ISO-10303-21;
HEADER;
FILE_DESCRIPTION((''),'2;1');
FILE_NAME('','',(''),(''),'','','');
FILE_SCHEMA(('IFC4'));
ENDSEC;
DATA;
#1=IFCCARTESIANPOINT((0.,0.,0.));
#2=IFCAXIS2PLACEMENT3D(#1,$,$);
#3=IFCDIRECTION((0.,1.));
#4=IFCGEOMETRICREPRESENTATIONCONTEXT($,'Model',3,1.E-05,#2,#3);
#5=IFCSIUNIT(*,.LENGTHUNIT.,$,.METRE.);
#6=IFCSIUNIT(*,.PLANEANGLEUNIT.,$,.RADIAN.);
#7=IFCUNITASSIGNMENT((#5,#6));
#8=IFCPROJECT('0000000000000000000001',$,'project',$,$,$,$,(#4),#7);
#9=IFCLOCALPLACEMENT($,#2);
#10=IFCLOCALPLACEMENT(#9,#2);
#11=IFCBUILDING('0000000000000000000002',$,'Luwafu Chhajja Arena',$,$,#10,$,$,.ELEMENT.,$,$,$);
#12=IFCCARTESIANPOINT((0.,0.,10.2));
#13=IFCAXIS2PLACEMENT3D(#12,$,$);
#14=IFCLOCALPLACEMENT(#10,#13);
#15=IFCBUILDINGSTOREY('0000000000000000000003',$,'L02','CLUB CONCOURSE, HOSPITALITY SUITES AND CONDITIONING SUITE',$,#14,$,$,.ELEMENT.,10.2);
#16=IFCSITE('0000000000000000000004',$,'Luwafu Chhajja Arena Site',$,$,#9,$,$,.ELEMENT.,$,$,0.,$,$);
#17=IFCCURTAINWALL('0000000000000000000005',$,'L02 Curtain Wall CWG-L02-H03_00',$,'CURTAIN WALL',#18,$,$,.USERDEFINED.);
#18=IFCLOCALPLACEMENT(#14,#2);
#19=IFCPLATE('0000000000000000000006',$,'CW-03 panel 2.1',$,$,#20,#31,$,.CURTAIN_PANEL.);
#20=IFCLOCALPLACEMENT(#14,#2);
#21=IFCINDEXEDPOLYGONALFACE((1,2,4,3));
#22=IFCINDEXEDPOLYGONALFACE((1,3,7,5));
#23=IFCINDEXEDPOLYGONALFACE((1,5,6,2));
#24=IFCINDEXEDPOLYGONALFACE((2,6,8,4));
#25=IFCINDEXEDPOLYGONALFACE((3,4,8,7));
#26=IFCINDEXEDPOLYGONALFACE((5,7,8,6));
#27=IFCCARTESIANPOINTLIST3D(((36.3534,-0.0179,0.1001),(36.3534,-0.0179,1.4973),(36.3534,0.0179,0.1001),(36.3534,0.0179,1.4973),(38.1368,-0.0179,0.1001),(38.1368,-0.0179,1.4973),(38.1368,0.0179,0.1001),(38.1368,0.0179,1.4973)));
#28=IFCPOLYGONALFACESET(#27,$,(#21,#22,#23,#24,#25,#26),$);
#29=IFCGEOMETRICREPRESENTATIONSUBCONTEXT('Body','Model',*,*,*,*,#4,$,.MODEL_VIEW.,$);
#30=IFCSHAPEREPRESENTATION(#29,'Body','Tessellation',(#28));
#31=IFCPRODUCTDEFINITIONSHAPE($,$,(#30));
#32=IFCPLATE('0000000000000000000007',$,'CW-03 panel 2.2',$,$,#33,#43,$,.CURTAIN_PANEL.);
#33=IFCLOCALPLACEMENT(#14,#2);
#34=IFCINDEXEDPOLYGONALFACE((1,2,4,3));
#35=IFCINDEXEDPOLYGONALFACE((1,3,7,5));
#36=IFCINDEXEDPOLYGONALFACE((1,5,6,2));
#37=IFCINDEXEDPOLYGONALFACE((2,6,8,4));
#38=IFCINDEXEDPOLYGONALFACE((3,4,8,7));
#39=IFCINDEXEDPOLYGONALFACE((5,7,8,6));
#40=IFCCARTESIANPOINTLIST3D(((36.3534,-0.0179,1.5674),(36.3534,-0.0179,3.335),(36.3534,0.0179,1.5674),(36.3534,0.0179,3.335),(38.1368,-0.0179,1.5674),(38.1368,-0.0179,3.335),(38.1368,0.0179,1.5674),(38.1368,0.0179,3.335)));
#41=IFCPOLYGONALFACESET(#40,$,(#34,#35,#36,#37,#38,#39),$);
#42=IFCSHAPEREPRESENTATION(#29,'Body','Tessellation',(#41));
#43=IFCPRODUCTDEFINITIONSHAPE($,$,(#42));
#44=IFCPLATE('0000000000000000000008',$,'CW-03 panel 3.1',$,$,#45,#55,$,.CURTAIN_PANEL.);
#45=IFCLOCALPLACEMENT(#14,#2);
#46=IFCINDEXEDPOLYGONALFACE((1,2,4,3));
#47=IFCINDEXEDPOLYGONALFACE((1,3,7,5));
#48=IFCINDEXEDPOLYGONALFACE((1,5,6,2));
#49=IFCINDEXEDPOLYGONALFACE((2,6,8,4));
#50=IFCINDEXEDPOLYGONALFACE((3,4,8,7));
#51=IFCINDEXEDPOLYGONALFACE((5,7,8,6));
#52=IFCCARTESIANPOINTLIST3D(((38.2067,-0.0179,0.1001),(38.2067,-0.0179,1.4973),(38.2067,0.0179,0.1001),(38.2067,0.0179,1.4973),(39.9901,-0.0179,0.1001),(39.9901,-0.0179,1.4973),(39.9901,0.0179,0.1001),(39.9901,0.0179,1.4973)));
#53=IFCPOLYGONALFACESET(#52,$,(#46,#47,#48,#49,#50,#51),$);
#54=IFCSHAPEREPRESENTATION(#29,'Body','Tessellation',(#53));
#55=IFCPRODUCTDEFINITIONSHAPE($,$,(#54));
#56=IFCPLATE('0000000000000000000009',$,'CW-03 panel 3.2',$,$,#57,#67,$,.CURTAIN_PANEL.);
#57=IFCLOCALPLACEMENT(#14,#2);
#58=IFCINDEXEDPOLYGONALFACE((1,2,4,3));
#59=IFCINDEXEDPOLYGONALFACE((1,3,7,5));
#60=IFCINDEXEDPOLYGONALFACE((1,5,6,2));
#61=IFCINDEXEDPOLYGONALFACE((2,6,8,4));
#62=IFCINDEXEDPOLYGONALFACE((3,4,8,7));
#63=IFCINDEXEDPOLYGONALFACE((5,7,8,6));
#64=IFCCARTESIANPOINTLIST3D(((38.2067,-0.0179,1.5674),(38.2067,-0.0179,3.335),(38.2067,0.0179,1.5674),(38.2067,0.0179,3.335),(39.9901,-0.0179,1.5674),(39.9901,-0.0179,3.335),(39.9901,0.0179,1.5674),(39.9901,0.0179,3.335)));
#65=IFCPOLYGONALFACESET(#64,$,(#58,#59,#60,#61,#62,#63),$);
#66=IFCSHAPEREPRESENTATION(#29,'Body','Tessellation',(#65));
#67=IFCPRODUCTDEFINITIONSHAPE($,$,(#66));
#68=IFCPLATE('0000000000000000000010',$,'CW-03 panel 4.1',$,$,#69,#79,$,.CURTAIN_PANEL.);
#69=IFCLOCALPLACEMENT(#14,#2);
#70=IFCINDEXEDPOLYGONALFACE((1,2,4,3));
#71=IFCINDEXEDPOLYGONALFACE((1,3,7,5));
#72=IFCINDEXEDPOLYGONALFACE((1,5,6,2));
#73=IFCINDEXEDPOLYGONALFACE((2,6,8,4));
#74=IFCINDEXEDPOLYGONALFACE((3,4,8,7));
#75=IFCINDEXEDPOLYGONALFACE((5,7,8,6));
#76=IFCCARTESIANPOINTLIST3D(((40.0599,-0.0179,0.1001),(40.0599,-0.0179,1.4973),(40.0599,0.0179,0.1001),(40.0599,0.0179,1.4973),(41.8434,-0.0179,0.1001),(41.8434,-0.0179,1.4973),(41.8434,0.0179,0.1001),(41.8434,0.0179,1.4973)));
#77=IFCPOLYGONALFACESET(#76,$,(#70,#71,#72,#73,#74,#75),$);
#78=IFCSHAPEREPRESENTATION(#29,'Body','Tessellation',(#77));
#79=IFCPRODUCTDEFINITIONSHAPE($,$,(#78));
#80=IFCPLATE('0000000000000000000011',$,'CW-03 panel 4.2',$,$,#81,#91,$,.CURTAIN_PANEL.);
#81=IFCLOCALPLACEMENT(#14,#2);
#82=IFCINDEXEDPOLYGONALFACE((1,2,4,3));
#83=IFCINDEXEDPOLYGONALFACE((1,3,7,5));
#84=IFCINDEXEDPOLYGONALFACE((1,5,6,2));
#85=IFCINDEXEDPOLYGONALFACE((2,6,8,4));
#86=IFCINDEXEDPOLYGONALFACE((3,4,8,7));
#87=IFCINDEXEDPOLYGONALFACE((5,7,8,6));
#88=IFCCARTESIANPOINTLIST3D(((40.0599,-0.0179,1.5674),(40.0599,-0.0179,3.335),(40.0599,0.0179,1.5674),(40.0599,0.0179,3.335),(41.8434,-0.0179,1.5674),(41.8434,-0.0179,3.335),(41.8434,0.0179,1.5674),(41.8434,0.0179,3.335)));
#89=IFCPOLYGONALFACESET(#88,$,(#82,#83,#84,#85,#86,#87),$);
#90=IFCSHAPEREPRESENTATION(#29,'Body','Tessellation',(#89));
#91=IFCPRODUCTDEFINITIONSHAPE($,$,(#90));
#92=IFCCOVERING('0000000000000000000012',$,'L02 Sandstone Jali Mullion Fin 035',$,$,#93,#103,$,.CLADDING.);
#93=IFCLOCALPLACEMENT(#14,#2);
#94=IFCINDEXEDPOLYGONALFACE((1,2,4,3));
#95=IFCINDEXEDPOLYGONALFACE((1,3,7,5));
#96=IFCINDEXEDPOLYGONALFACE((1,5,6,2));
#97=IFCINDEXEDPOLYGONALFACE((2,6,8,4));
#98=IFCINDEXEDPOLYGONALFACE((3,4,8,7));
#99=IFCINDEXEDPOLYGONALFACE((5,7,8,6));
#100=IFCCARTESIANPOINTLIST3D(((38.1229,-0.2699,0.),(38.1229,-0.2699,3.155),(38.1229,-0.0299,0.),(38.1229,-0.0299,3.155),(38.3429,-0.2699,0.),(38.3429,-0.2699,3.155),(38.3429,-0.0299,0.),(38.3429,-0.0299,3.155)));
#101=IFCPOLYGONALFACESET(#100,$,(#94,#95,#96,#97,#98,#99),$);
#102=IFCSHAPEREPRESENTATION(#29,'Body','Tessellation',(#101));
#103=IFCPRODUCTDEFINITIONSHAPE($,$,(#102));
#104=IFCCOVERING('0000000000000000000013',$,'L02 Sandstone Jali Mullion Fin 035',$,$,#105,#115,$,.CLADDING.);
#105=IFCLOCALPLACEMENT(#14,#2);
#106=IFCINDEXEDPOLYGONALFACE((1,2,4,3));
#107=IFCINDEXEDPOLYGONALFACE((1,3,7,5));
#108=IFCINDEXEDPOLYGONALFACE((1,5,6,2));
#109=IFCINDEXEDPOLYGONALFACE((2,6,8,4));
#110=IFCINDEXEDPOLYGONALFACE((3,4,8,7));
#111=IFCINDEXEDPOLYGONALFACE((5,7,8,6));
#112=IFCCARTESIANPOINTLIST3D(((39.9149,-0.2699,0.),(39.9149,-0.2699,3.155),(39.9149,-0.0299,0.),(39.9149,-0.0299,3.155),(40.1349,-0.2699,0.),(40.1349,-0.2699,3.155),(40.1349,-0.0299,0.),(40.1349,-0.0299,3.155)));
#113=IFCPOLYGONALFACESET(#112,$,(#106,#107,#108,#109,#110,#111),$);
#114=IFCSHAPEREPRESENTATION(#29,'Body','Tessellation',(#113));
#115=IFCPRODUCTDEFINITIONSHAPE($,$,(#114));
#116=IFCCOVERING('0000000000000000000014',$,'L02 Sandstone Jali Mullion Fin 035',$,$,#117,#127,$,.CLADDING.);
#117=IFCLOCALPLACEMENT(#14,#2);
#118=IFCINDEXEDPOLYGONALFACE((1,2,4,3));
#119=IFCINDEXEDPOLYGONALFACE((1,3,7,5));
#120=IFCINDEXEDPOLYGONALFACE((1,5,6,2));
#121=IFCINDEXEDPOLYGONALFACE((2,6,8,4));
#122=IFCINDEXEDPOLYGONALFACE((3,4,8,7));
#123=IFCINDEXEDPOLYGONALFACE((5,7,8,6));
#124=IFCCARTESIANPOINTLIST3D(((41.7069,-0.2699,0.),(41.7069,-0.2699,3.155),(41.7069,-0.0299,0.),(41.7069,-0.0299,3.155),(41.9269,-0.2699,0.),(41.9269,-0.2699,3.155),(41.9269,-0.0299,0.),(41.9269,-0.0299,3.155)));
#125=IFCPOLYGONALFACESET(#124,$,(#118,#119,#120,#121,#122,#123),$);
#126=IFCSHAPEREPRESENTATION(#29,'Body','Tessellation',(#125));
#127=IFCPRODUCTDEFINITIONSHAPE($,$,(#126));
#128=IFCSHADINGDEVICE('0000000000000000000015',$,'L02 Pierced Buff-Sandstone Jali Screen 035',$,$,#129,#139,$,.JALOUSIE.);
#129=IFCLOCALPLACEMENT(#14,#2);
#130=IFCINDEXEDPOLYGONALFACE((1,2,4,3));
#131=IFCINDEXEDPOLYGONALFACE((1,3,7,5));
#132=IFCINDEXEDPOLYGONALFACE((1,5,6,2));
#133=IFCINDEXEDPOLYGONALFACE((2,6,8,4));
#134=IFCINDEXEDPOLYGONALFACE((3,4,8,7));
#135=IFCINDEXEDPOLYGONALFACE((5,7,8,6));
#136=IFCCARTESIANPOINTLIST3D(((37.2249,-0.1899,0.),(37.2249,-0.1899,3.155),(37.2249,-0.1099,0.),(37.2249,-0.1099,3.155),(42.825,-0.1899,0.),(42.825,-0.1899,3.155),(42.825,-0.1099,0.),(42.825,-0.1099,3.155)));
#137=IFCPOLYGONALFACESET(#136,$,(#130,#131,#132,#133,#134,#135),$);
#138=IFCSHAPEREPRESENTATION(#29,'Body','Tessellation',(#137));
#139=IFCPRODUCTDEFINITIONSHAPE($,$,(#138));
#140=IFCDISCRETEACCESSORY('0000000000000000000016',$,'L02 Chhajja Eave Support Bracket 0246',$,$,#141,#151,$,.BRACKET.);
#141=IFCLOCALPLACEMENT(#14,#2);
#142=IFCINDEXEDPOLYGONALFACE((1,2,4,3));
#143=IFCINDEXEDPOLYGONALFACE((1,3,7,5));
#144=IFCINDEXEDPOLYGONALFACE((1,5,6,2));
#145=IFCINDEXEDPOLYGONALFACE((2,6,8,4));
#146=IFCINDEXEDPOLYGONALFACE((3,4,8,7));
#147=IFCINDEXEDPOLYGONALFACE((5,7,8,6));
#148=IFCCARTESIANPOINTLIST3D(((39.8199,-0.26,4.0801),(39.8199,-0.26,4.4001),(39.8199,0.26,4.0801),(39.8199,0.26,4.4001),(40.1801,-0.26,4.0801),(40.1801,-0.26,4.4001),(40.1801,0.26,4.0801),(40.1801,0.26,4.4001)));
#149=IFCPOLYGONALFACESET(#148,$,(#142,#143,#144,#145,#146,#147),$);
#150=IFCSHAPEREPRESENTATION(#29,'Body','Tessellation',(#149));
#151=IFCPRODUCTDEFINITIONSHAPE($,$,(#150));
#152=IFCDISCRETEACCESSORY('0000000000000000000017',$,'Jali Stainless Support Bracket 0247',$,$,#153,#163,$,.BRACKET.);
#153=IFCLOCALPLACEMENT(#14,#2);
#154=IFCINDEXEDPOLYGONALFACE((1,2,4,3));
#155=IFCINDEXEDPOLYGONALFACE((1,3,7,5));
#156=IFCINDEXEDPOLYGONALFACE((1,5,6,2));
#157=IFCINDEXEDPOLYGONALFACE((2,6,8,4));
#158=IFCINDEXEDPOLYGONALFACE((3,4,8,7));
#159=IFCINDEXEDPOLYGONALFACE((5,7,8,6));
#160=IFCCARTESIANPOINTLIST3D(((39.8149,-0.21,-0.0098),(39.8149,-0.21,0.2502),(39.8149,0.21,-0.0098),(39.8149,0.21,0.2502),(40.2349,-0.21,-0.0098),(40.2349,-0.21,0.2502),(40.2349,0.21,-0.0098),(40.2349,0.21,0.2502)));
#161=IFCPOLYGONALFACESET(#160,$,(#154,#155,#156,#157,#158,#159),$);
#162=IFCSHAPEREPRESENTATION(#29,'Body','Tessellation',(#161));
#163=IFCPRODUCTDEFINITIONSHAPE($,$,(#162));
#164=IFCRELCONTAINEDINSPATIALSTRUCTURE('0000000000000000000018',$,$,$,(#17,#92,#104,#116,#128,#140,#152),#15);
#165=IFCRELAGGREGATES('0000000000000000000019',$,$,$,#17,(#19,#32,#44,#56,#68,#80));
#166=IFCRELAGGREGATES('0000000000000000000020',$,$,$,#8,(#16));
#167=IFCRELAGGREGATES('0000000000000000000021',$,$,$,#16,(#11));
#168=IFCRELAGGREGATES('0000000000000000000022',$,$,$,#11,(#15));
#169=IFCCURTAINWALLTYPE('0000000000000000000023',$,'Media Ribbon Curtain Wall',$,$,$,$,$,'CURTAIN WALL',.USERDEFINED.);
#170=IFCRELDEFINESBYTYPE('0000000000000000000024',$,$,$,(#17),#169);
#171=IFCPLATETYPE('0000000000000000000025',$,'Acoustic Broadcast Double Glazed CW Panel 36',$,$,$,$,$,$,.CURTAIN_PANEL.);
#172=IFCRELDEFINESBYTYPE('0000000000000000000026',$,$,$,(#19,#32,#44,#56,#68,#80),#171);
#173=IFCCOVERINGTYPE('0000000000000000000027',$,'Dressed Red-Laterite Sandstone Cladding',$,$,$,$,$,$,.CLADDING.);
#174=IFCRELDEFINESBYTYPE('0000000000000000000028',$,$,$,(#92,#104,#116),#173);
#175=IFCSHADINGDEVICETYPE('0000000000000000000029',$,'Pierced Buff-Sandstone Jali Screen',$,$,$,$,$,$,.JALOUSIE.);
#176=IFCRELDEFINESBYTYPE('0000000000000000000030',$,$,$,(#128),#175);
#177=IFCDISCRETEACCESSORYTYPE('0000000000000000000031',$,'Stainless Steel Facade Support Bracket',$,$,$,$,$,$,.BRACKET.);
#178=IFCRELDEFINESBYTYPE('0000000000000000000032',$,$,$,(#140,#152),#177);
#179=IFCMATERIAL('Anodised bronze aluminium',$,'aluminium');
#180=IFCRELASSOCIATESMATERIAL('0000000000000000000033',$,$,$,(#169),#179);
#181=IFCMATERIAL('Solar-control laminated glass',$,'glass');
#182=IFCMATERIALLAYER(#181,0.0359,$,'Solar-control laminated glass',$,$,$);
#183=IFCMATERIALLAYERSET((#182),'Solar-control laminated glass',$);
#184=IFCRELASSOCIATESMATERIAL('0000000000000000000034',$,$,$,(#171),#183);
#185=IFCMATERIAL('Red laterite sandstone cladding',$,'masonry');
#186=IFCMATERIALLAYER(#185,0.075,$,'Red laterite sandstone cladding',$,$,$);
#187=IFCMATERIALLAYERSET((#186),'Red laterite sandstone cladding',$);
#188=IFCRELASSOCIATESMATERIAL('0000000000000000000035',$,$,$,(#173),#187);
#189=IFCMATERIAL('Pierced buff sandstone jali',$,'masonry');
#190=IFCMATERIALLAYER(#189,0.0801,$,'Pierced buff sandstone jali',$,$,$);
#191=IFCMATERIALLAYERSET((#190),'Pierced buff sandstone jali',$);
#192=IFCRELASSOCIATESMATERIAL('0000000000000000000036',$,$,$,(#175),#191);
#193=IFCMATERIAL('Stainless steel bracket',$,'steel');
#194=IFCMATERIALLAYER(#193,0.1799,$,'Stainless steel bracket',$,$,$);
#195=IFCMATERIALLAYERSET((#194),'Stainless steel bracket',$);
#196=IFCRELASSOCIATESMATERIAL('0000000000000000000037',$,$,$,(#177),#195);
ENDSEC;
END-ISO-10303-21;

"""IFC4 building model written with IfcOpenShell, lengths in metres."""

from ifc_helpers import new_model, si_unit, direction, frame, origin, origin_2d, place, context, subcontext, project, spatial, rectangle, extrude, material, layer, layer_set, type_object, element, aggregate, save


model = new_model("IFC4")

# Units and contexts
model_context = context("Model", 3, precision=1e-05, world=origin(), true_north=direction((0.0, 1.0)))
body_context = subcontext(model_context, "Body", "Model", "MODEL_VIEW")
ifc_project = project(units=[si_unit("LENGTHUNIT", "METRE"), si_unit("PLANEANGLEUNIT", "RADIAN")], contexts=[model_context])

# Site, building, storey
site_placement = place(None, origin())
site = spatial("IfcSite", under=ifc_project, at=site_placement, Name="Luwafu Chhajja Arena Site", CompositionType="ELEMENT", RefElevation=0.0)
building_placement = place(site_placement, origin())
building = spatial("IfcBuilding", under=site, at=building_placement, Name="Luwafu Chhajja Arena", CompositionType="ELEMENT")
storey_placement = place(building_placement, frame((0.0, 0.0, 10.2)))
storey = spatial("IfcBuildingStorey", under=building, at=storey_placement, Name="L02", Description="CLUB CONCOURSE, HOSPITALITY SUITES AND CONDITIONING SUITE", CompositionType="ELEMENT", Elevation=10.2)

# Curtain wall
ifc_material_1 = material(Name="Anodised bronze aluminium", Category="aluminium")
curtain_wall_type = type_object("IfcCurtainWallType", Name="Media Ribbon Curtain Wall", ElementType="CURTAIN WALL", PredefinedType="USERDEFINED", material=ifc_material_1)
curtain_wall_placement = place(storey_placement, origin())
curtain_wall = element("IfcCurtainWall", 1, at=curtain_wall_placement, inside=storey, type_object=curtain_wall_type, Name="L02 Curtain Wall CWG-L02-H03_00", ObjectType="CURTAIN WALL", PredefinedType="USERDEFINED")

# Plates
ifc_material_2 = material(Name="Solar-control laminated glass", Category="glass")
ifc_layer_1 = layer(ifc_material_2, 0.0359, Name="Solar-control laminated glass")
ifc_layer_set_1 = layer_set([ifc_layer_1], Name="Solar-control laminated glass")
plate_type = type_object("IfcPlateType", Name="Acoustic Broadcast Double Glazed CW Panel 36", PredefinedType="CURTAIN_PANEL", material=ifc_layer_set_1)
plate_1_placement = place(storey_placement, frame((37.2451, 0.0, 0.1001), z_axis=(0.0, 0.0, 1.0), x_axis=(1.0, 0.0, 0.0)))
plate_1 = element("IfcPlate", 2, at=plate_1_placement, type_object=plate_type, Name="CW-03 panel 2.1", PredefinedType="CURTAIN_PANEL", context=body_context, shape_type="SweptSolid", body=[
    extrude(rectangle(XDim=1.7834, YDim=0.0359, at=origin_2d()), origin(), (0.0, 0.0, 1.0), 1.3972),
])
plate_2_placement = place(storey_placement, frame((37.2451, 0.0, 1.5674), z_axis=(0.0, 0.0, 1.0), x_axis=(1.0, 0.0, 0.0)))
plate_2 = element("IfcPlate", 3, at=plate_2_placement, type_object=plate_type, Name="CW-03 panel 2.2", PredefinedType="CURTAIN_PANEL", context=body_context, shape_type="SweptSolid", body=[
    extrude(rectangle(XDim=1.7834, YDim=0.0359, at=origin_2d()), origin(), (0.0, 0.0, 1.0), 1.7676),
])
plate_3_placement = place(storey_placement, frame((39.0984, 0.0, 0.1001), z_axis=(0.0, 0.0, 1.0), x_axis=(1.0, 0.0, 0.0)))
plate_3 = element("IfcPlate", 4, at=plate_3_placement, type_object=plate_type, Name="CW-03 panel 3.1", PredefinedType="CURTAIN_PANEL", context=body_context, shape_type="SweptSolid", body=[
    extrude(rectangle(XDim=1.7834, YDim=0.0359, at=origin_2d()), origin(), (0.0, 0.0, 1.0), 1.3972),
])
plate_4_placement = place(storey_placement, frame((39.0984, 0.0, 1.5674), z_axis=(0.0, 0.0, 1.0), x_axis=(1.0, 0.0, 0.0)))
plate_4 = element("IfcPlate", 5, at=plate_4_placement, type_object=plate_type, Name="CW-03 panel 3.2", PredefinedType="CURTAIN_PANEL", context=body_context, shape_type="SweptSolid", body=[
    extrude(rectangle(XDim=1.7834, YDim=0.0359, at=origin_2d()), origin(), (0.0, 0.0, 1.0), 1.7676),
])
plate_5_placement = place(storey_placement, frame((40.9517, 0.0, 0.1001), z_axis=(0.0, 0.0, 1.0), x_axis=(1.0, 0.0, 0.0)))
plate_5 = element("IfcPlate", 6, at=plate_5_placement, type_object=plate_type, Name="CW-03 panel 4.1", PredefinedType="CURTAIN_PANEL", context=body_context, shape_type="SweptSolid", body=[
    extrude(rectangle(XDim=1.7834, YDim=0.0359, at=origin_2d()), origin(), (0.0, 0.0, 1.0), 1.3972),
])
plate_6_placement = place(storey_placement, frame((40.9517, 0.0, 1.5674), z_axis=(0.0, 0.0, 1.0), x_axis=(1.0, 0.0, 0.0)))
plate_6 = element("IfcPlate", 7, at=plate_6_placement, type_object=plate_type, Name="CW-03 panel 4.2", PredefinedType="CURTAIN_PANEL", context=body_context, shape_type="SweptSolid", body=[
    extrude(rectangle(XDim=1.7834, YDim=0.0359, at=origin_2d()), origin(), (0.0, 0.0, 1.0), 1.7676),
])
aggregate(curtain_wall, [plate_1, plate_2, plate_3, plate_4, plate_5, plate_6])

# Coverings
ifc_material_3 = material(Name="Red laterite sandstone cladding", Category="masonry")
ifc_layer_2 = layer(ifc_material_3, 0.075, Name="Red laterite sandstone cladding")
ifc_layer_set_2 = layer_set([ifc_layer_2], Name="Red laterite sandstone cladding")
covering_type = type_object("IfcCoveringType", Name="Dressed Red-Laterite Sandstone Cladding", PredefinedType="CLADDING", material=ifc_layer_set_2)
for number, where, z_axis, x_axis, name in (
    (8, (38.2329, -0.1499, 0.0), (0.0, 0.0, 1.0), (1.0, 0.0, 0.0), "L02 Sandstone Jali Mullion Fin 035"),
    (9, (40.0249, -0.1499, 0.0), (0.0, 0.0, 1.0), (1.0, 0.0, 0.0), "L02 Sandstone Jali Mullion Fin 035"),
    (10, (41.8169, -0.1499, 0.0), (0.0, 0.0, 1.0), (1.0, 0.0, 0.0), "L02 Sandstone Jali Mullion Fin 035"),
):
    element("IfcCovering", number, at=place(storey_placement, frame(where, z_axis=z_axis, x_axis=x_axis)), inside=storey, type_object=covering_type, Name=name, PredefinedType="CLADDING", context=body_context, shape_type="SweptSolid", body=[
        extrude(rectangle(XDim=0.22, YDim=0.24, at=origin_2d()), origin(), (0.0, 0.0, 1.0), 3.155),
    ])

# Shading device
ifc_material_4 = material(Name="Pierced buff sandstone jali", Category="masonry")
ifc_layer_3 = layer(ifc_material_4, 0.0801, Name="Pierced buff sandstone jali")
ifc_layer_set_3 = layer_set([ifc_layer_3], Name="Pierced buff sandstone jali")
shading_device_type = type_object("IfcShadingDeviceType", Name="Pierced Buff-Sandstone Jali Screen", PredefinedType="JALOUSIE", material=ifc_layer_set_3)
shading_device_placement = place(storey_placement, frame((40.0249, -0.1499, 0.0), z_axis=(0.0, 0.0, 1.0), x_axis=(1.0, 0.0, 0.0)))
element("IfcShadingDevice", 11, at=shading_device_placement, inside=storey, type_object=shading_device_type, Name="L02 Pierced Buff-Sandstone Jali Screen 035", PredefinedType="JALOUSIE", context=body_context, shape_type="SweptSolid", body=[
    extrude(rectangle(XDim=5.6001, YDim=0.0801, at=origin_2d()), origin(), (0.0, 0.0, 1.0), 3.155),
])

# Discrete accessories
ifc_material_5 = material(Name="Stainless steel bracket", Category="steel")
ifc_layer_4 = layer(ifc_material_5, 0.1799, Name="Stainless steel bracket")
ifc_layer_set_4 = layer_set([ifc_layer_4], Name="Stainless steel bracket")
discrete_accessory_type = type_object("IfcDiscreteAccessoryType", Name="Stainless Steel Facade Support Bracket", PredefinedType="BRACKET", material=ifc_layer_set_4)
discrete_accessory_1_placement = place(storey_placement, frame((40.0, 0.0, 4.0801), z_axis=(0.0, 0.0, 1.0), x_axis=(1.0, 0.0, 0.0)))
element("IfcDiscreteAccessory", 12, at=discrete_accessory_1_placement, inside=storey, type_object=discrete_accessory_type, Name="L02 Chhajja Eave Support Bracket 0246", PredefinedType="BRACKET", context=body_context, shape_type="SweptSolid", body=[
    extrude(rectangle(XDim=0.3601, YDim=0.52, at=origin_2d()), origin(), (0.0, 0.0, 1.0), 0.3201),
])
discrete_accessory_2_placement = place(storey_placement, frame((40.0249, 0.0, -0.0098), z_axis=(0.0, 0.0, 1.0), x_axis=(1.0, 0.0, 0.0)))
element("IfcDiscreteAccessory", 13, at=discrete_accessory_2_placement, inside=storey, type_object=discrete_accessory_type, Name="Jali Stainless Support Bracket 0247", PredefinedType="BRACKET", context=body_context, shape_type="SweptSolid", body=[
    extrude(rectangle(XDim=0.4199, YDim=0.4199, at=origin_2d()), origin(), (0.0, 0.0, 1.0), 0.26),
])

save(model, "model.ifc")
